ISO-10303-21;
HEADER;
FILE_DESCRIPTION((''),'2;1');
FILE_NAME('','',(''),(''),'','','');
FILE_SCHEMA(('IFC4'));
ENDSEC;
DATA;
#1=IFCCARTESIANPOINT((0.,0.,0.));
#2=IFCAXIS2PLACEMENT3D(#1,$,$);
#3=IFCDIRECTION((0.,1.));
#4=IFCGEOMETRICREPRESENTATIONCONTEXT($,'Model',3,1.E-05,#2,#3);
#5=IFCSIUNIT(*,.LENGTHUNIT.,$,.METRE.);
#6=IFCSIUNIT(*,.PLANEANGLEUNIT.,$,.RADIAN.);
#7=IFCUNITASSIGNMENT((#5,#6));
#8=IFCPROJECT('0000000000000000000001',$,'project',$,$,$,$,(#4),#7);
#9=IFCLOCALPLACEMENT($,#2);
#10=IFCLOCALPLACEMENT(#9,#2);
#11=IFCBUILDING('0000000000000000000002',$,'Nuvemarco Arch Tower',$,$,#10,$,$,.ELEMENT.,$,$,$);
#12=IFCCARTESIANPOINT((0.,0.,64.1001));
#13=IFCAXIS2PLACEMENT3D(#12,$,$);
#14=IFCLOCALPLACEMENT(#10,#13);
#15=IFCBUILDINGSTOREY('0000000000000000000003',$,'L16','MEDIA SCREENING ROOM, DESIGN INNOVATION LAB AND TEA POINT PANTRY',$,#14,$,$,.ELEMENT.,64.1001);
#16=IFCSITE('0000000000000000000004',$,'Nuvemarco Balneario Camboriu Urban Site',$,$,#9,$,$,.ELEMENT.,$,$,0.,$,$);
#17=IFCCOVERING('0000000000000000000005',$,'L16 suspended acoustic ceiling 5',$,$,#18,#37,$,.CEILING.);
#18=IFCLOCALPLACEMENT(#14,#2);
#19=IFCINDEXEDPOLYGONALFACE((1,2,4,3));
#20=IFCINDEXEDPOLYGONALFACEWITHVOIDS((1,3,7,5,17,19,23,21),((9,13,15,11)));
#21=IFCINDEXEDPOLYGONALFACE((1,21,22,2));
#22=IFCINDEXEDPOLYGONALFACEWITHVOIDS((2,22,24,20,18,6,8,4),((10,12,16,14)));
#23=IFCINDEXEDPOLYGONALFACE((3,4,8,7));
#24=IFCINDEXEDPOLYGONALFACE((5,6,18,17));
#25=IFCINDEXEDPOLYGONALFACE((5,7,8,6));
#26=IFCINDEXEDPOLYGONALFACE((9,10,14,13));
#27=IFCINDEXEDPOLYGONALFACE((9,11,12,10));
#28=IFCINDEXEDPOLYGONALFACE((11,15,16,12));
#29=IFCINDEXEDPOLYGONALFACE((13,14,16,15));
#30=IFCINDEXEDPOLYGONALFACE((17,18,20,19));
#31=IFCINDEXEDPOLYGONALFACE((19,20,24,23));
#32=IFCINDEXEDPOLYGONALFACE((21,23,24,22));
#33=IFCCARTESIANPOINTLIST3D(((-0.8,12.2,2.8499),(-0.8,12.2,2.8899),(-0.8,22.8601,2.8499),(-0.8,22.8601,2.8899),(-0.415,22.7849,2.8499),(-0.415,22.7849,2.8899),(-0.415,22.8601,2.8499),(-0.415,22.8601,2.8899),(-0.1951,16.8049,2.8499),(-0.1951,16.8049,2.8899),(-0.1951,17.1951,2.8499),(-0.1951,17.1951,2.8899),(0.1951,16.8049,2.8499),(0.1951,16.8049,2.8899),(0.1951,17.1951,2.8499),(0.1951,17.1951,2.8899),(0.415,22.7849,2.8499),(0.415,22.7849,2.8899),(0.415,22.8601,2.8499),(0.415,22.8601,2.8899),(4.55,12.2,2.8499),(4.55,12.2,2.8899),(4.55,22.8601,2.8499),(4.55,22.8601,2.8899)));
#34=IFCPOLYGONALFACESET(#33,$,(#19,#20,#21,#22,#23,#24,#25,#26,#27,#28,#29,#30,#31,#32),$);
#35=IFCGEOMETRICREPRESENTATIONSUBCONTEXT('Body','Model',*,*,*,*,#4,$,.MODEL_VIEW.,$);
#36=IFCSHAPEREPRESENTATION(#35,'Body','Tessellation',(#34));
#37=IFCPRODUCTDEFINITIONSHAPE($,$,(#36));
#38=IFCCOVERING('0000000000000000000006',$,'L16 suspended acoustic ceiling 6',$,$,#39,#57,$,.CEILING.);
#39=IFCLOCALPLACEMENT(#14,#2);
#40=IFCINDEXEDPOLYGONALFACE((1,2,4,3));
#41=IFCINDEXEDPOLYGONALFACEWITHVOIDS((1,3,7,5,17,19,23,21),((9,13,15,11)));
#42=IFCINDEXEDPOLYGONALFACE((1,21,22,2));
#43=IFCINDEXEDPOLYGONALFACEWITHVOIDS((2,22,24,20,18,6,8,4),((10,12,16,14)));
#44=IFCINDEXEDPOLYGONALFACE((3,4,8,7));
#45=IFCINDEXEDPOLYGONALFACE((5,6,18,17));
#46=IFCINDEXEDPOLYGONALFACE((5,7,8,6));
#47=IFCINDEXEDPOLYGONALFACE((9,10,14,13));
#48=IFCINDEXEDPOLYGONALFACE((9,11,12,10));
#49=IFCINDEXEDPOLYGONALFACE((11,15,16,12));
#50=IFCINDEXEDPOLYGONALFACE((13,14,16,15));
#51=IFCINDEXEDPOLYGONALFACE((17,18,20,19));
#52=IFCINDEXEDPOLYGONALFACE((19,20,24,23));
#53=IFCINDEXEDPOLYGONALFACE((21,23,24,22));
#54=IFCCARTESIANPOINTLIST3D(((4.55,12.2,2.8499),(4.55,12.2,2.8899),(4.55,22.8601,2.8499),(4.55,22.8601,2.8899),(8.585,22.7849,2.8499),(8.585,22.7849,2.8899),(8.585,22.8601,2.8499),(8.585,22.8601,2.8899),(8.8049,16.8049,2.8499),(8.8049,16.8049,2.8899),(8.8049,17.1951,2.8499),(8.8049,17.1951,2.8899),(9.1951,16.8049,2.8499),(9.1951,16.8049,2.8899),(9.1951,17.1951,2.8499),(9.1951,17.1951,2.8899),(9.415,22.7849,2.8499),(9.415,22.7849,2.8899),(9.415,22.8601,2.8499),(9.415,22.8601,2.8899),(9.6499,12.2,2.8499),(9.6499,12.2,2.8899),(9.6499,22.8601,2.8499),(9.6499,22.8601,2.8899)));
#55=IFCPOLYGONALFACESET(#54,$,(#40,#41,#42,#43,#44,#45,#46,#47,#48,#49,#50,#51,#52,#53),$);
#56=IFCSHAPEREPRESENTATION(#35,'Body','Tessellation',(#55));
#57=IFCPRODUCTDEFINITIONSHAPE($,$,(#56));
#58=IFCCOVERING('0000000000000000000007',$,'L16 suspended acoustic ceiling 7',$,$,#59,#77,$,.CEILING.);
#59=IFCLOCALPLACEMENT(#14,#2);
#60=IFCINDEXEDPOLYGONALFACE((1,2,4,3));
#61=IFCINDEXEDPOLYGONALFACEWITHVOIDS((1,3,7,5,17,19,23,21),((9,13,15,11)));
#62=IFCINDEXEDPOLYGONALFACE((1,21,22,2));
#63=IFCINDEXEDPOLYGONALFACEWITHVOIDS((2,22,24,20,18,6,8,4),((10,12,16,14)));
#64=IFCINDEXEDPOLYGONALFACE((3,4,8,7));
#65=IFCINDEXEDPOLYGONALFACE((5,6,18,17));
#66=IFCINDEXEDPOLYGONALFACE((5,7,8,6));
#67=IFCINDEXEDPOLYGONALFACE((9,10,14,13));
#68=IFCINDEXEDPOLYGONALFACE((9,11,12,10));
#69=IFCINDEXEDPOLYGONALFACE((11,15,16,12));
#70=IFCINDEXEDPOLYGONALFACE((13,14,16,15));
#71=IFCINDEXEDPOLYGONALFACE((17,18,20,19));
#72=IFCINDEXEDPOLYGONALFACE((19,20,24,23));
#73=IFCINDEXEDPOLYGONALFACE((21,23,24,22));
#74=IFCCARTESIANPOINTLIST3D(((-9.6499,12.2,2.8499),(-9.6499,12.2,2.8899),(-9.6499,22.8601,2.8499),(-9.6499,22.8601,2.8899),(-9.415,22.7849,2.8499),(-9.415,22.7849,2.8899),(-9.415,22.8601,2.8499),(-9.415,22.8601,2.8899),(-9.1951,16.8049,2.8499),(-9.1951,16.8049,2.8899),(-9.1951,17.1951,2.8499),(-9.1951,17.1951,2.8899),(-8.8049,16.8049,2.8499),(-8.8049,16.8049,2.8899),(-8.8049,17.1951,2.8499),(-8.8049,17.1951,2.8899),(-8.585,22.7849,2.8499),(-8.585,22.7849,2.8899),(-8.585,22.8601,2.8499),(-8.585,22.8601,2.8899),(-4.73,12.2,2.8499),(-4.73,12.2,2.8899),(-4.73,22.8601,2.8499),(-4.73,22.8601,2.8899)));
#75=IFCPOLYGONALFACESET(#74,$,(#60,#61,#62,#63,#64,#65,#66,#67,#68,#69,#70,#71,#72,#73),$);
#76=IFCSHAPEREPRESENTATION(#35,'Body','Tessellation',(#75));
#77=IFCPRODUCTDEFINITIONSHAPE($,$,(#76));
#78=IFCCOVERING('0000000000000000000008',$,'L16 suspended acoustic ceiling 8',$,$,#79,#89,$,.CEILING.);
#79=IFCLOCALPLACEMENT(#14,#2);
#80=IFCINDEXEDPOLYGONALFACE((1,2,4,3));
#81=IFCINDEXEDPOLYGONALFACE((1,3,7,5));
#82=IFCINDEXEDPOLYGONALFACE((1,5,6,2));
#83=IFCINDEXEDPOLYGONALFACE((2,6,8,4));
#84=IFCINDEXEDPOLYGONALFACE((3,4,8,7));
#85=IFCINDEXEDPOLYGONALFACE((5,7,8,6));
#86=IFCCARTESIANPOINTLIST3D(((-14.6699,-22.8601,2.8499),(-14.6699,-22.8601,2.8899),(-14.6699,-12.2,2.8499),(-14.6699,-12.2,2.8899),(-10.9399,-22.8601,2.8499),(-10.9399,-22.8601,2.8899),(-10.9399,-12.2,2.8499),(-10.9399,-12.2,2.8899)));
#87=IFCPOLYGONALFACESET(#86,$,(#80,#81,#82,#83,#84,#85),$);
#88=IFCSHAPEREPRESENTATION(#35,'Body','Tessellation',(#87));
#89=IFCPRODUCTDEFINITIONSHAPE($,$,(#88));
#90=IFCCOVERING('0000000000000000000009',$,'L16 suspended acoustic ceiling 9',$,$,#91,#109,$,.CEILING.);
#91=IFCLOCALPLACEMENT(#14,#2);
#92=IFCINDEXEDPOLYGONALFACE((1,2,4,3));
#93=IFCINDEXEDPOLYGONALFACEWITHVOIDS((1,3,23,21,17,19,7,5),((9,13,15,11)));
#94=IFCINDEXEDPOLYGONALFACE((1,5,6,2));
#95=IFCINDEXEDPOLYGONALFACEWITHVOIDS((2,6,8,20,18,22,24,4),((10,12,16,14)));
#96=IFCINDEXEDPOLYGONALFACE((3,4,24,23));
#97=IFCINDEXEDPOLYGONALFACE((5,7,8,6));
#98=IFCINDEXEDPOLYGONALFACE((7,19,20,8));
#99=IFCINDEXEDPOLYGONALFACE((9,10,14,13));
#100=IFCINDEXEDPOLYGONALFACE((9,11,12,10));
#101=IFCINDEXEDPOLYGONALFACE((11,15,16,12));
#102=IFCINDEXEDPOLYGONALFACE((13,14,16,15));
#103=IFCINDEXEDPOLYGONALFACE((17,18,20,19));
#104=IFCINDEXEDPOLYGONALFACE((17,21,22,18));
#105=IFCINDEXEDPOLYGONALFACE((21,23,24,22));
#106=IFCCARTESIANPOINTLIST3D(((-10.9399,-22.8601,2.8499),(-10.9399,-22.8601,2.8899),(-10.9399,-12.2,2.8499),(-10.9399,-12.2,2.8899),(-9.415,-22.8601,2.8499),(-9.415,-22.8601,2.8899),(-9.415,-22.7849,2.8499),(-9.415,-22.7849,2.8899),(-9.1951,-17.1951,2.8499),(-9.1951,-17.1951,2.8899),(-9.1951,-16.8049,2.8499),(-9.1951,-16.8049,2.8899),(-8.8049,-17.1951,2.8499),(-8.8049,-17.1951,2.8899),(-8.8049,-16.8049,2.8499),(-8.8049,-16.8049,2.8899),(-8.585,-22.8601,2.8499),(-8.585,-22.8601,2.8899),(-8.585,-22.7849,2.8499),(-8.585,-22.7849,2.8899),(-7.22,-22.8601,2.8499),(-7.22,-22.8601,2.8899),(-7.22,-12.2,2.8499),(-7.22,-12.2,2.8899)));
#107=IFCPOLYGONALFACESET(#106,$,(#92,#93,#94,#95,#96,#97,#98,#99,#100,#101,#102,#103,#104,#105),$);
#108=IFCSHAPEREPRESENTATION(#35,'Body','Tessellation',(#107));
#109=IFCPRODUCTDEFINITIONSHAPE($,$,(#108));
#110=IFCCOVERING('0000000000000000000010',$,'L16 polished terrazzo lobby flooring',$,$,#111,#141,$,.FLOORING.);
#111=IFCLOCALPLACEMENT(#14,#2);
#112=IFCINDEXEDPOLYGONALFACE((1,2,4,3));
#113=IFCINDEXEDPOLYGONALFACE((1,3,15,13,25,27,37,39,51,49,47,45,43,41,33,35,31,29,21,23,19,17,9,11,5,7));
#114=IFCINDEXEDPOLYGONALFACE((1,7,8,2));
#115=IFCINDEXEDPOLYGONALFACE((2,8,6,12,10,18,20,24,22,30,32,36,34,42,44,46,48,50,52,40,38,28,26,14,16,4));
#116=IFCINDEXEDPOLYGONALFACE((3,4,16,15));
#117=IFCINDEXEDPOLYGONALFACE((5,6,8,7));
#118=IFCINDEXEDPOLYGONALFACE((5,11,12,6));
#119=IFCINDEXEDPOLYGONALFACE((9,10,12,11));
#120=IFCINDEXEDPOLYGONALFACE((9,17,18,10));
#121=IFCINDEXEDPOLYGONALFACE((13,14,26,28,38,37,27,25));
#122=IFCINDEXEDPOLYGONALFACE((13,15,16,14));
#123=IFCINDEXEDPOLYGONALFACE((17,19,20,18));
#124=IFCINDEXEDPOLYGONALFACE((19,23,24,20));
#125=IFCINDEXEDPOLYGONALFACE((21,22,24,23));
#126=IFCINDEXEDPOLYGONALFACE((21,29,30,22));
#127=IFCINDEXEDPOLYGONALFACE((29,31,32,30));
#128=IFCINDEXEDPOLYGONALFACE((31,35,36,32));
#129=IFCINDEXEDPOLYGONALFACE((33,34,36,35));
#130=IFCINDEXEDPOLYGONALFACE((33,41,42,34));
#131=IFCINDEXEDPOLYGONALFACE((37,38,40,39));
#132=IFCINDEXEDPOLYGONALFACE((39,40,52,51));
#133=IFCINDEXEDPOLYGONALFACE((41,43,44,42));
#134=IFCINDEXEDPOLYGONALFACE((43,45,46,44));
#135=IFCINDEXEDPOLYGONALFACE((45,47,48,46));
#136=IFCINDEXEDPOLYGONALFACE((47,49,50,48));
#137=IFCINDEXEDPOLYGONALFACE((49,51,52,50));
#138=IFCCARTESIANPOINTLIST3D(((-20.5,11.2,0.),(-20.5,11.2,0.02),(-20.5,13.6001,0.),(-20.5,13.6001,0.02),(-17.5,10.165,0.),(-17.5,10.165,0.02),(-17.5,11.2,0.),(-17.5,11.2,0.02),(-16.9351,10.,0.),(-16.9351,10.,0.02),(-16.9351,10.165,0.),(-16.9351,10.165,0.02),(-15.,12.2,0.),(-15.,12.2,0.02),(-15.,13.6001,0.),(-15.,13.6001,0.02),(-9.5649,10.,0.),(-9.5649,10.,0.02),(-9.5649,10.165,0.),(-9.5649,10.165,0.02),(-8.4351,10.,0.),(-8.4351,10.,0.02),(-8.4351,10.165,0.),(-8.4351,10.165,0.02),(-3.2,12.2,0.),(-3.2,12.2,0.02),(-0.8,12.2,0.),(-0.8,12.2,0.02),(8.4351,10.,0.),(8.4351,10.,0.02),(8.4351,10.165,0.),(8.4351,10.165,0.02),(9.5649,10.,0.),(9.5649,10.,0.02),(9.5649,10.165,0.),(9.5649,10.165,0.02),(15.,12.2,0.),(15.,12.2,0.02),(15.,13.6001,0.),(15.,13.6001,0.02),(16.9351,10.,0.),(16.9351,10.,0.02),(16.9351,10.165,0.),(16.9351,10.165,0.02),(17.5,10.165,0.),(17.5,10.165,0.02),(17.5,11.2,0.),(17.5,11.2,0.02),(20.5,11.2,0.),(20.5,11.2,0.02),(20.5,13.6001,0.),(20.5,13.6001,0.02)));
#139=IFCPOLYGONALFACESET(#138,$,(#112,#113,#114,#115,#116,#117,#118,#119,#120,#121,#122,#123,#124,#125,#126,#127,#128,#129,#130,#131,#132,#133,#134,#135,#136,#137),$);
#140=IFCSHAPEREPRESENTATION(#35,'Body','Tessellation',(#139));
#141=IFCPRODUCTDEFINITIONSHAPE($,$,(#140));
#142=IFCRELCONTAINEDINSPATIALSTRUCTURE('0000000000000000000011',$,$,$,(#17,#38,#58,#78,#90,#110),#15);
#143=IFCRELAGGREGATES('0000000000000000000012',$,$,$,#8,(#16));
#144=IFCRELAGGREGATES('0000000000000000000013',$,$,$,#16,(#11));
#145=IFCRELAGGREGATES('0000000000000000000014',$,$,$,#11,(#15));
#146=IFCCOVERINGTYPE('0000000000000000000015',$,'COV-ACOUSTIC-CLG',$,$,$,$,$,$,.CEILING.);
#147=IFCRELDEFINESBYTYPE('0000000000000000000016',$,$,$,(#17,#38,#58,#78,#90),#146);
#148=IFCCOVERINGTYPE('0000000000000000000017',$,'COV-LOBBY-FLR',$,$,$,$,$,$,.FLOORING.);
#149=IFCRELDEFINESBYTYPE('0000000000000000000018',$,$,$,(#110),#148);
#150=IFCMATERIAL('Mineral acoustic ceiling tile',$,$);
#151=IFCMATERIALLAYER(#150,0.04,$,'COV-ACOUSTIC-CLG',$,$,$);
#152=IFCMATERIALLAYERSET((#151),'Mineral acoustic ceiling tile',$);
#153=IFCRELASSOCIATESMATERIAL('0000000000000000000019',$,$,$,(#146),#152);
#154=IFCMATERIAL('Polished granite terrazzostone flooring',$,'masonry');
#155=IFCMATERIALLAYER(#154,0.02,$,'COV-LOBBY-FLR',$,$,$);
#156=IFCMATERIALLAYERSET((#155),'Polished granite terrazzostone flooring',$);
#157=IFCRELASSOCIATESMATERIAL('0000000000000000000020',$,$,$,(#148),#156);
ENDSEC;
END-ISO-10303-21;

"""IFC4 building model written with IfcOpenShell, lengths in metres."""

from ifc_helpers import new_model, si_unit, direction, frame, origin, place, context, subcontext, project, spatial, polyline, outline, extrude, material, layer, layer_set, type_object, element, save


model = new_model("IFC4")

# Units and contexts
model_context = context("Model", 3, precision=1e-05, world=origin(), true_north=direction((0.0, 1.0)))
body_context = subcontext(model_context, "Body", "Model", "MODEL_VIEW")
ifc_project = project(units=[si_unit("LENGTHUNIT", "METRE"), si_unit("PLANEANGLEUNIT", "RADIAN")], contexts=[model_context])

# Site, building, storey
site_placement = place(None, origin())
site = spatial("IfcSite", under=ifc_project, at=site_placement, Name="Nuvemarco Balneario Camboriu Urban Site", CompositionType="ELEMENT", RefElevation=0.0)
building_placement = place(site_placement, origin())
building = spatial("IfcBuilding", under=site, at=building_placement, Name="Nuvemarco Arch Tower", CompositionType="ELEMENT")
storey_placement = place(building_placement, frame((0.0, 0.0, 64.1001)))
storey = spatial("IfcBuildingStorey", under=building, at=storey_placement, Name="L16", Description="MEDIA SCREENING ROOM, DESIGN INNOVATION LAB AND TEA POINT PANTRY", CompositionType="ELEMENT", Elevation=64.1001)

# Coverings
ifc_material_1 = material(Name="Mineral acoustic ceiling tile")
ifc_layer_1 = layer(ifc_material_1, 0.04, Name="COV-ACOUSTIC-CLG")
ifc_layer_set_1 = layer_set([ifc_layer_1], Name="Mineral acoustic ceiling tile")
covering_type_1 = type_object("IfcCoveringType", Name="COV-ACOUSTIC-CLG", PredefinedType="CEILING", material=ifc_layer_set_1)
covering_1_placement = place(storey_placement, frame((0.0, 0.0, 2.8499)))
element("IfcCovering", 1, at=covering_1_placement, inside=storey, type_object=covering_type_1, Name="L16 suspended acoustic ceiling 5", PredefinedType="CEILING", context=body_context, shape_type="SweptSolid", body=[
    extrude(outline(polyline([(4.55, 12.2), (-0.8, 12.2), (-0.8, 22.8601), (-0.415, 22.8601), (-0.415, 22.7849), (0.415, 22.7849), (0.415, 22.8601), (4.55, 22.8601), (4.55, 12.2)]), holes=[polyline([(0.1951, 16.8049), (0.1951, 17.1951), (-0.1951, 17.1951), (-0.1951, 16.8049), (0.1951, 16.8049)])]), origin(), (0.0, 0.0, 1.0), 0.04),
])
covering_2_placement = place(storey_placement, frame((0.0, 0.0, 2.8499)))
element("IfcCovering", 2, at=covering_2_placement, inside=storey, type_object=covering_type_1, Name="L16 suspended acoustic ceiling 6", PredefinedType="CEILING", context=body_context, shape_type="SweptSolid", body=[
    extrude(outline(polyline([(9.6499, 12.2), (4.55, 12.2), (4.55, 22.8601), (8.585, 22.8601), (8.585, 22.7849), (9.415, 22.7849), (9.415, 22.8601), (9.6499, 22.8601), (9.6499, 12.2)]), holes=[polyline([(9.1951, 17.1951), (8.8049, 17.1951), (8.8049, 16.8049), (9.1951, 16.8049), (9.1951, 17.1951)])]), origin(), (0.0, 0.0, 1.0), 0.04),
])
covering_3_placement = place(storey_placement, frame((0.0, 0.0, 2.8499)))
element("IfcCovering", 3, at=covering_3_placement, inside=storey, type_object=covering_type_1, Name="L16 suspended acoustic ceiling 7", PredefinedType="CEILING", context=body_context, shape_type="SweptSolid", body=[
    extrude(outline(polyline([(-4.73, 12.2), (-9.6499, 12.2), (-9.6499, 22.8601), (-9.415, 22.8601), (-9.415, 22.7849), (-8.585, 22.7849), (-8.585, 22.8601), (-4.73, 22.8601), (-4.73, 12.2)]), holes=[polyline([(-8.8049, 16.8049), (-8.8049, 17.1951), (-9.1951, 17.1951), (-9.1951, 16.8049), (-8.8049, 16.8049)])]), origin(), (0.0, 0.0, 1.0), 0.04),
])
covering_4_placement = place(storey_placement, frame((0.0, 0.0, 2.8499)))
element("IfcCovering", 4, at=covering_4_placement, inside=storey, type_object=covering_type_1, Name="L16 suspended acoustic ceiling 8", PredefinedType="CEILING", context=body_context, shape_type="SweptSolid", body=[
    extrude(outline(polyline([(-14.6699, -22.8601), (-14.6699, -12.2), (-10.9399, -12.2), (-10.9399, -22.8601), (-14.6699, -22.8601)])), origin(), (0.0, 0.0, 1.0), 0.04),
])
covering_5_placement = place(storey_placement, frame((0.0, 0.0, 2.8499)))
element("IfcCovering", 5, at=covering_5_placement, inside=storey, type_object=covering_type_1, Name="L16 suspended acoustic ceiling 9", PredefinedType="CEILING", context=body_context, shape_type="SweptSolid", body=[
    extrude(outline(polyline([(-8.585, -22.8601), (-8.585, -22.7849), (-9.415, -22.7849), (-9.415, -22.8601), (-10.9399, -22.8601), (-10.9399, -12.2), (-7.22, -12.2), (-7.22, -22.8601), (-8.585, -22.8601)]), holes=[polyline([(-8.8049, -17.1951), (-8.8049, -16.8049), (-9.1951, -16.8049), (-9.1951, -17.1951), (-8.8049, -17.1951)])]), origin(), (0.0, 0.0, 1.0), 0.04),
])
ifc_material_2 = material(Name="Polished granite terrazzostone flooring", Category="masonry")
ifc_layer_2 = layer(ifc_material_2, 0.02, Name="COV-LOBBY-FLR")
ifc_layer_set_2 = layer_set([ifc_layer_2], Name="Polished granite terrazzostone flooring")
covering_type_2 = type_object("IfcCoveringType", Name="COV-LOBBY-FLR", PredefinedType="FLOORING", material=ifc_layer_set_2)
covering_6_placement = place(storey_placement, origin())
element("IfcCovering", 6, at=covering_6_placement, inside=storey, type_object=covering_type_2, Name="L16 polished terrazzo lobby flooring", PredefinedType="FLOORING", context=body_context, shape_type="SweptSolid", body=[
    extrude(outline(polyline([(-8.4351, 10.165), (-9.5649, 10.165), (-9.5649, 10.0), (-16.9351, 10.0), (-16.9351, 10.165), (-17.5, 10.165), (-17.5, 11.2), (-20.5, 11.2), (-20.5, 13.6001), (-15.0, 13.6001), (-15.0, 12.2), (-3.2, 12.2), (-0.8, 12.2), (15.0, 12.2), (15.0, 13.6001), (20.5, 13.6001), (20.5, 11.2), (17.5, 11.2), (17.5, 10.165), (16.9351, 10.165), (16.9351, 10.0), (9.5649, 10.0), (9.5649, 10.165), (8.4351, 10.165), (8.4351, 10.0), (-8.4351, 10.0), (-8.4351, 10.165)])), origin(), (0.0, 0.0, 1.0), 0.02),
])

save(model, "model.ifc")
